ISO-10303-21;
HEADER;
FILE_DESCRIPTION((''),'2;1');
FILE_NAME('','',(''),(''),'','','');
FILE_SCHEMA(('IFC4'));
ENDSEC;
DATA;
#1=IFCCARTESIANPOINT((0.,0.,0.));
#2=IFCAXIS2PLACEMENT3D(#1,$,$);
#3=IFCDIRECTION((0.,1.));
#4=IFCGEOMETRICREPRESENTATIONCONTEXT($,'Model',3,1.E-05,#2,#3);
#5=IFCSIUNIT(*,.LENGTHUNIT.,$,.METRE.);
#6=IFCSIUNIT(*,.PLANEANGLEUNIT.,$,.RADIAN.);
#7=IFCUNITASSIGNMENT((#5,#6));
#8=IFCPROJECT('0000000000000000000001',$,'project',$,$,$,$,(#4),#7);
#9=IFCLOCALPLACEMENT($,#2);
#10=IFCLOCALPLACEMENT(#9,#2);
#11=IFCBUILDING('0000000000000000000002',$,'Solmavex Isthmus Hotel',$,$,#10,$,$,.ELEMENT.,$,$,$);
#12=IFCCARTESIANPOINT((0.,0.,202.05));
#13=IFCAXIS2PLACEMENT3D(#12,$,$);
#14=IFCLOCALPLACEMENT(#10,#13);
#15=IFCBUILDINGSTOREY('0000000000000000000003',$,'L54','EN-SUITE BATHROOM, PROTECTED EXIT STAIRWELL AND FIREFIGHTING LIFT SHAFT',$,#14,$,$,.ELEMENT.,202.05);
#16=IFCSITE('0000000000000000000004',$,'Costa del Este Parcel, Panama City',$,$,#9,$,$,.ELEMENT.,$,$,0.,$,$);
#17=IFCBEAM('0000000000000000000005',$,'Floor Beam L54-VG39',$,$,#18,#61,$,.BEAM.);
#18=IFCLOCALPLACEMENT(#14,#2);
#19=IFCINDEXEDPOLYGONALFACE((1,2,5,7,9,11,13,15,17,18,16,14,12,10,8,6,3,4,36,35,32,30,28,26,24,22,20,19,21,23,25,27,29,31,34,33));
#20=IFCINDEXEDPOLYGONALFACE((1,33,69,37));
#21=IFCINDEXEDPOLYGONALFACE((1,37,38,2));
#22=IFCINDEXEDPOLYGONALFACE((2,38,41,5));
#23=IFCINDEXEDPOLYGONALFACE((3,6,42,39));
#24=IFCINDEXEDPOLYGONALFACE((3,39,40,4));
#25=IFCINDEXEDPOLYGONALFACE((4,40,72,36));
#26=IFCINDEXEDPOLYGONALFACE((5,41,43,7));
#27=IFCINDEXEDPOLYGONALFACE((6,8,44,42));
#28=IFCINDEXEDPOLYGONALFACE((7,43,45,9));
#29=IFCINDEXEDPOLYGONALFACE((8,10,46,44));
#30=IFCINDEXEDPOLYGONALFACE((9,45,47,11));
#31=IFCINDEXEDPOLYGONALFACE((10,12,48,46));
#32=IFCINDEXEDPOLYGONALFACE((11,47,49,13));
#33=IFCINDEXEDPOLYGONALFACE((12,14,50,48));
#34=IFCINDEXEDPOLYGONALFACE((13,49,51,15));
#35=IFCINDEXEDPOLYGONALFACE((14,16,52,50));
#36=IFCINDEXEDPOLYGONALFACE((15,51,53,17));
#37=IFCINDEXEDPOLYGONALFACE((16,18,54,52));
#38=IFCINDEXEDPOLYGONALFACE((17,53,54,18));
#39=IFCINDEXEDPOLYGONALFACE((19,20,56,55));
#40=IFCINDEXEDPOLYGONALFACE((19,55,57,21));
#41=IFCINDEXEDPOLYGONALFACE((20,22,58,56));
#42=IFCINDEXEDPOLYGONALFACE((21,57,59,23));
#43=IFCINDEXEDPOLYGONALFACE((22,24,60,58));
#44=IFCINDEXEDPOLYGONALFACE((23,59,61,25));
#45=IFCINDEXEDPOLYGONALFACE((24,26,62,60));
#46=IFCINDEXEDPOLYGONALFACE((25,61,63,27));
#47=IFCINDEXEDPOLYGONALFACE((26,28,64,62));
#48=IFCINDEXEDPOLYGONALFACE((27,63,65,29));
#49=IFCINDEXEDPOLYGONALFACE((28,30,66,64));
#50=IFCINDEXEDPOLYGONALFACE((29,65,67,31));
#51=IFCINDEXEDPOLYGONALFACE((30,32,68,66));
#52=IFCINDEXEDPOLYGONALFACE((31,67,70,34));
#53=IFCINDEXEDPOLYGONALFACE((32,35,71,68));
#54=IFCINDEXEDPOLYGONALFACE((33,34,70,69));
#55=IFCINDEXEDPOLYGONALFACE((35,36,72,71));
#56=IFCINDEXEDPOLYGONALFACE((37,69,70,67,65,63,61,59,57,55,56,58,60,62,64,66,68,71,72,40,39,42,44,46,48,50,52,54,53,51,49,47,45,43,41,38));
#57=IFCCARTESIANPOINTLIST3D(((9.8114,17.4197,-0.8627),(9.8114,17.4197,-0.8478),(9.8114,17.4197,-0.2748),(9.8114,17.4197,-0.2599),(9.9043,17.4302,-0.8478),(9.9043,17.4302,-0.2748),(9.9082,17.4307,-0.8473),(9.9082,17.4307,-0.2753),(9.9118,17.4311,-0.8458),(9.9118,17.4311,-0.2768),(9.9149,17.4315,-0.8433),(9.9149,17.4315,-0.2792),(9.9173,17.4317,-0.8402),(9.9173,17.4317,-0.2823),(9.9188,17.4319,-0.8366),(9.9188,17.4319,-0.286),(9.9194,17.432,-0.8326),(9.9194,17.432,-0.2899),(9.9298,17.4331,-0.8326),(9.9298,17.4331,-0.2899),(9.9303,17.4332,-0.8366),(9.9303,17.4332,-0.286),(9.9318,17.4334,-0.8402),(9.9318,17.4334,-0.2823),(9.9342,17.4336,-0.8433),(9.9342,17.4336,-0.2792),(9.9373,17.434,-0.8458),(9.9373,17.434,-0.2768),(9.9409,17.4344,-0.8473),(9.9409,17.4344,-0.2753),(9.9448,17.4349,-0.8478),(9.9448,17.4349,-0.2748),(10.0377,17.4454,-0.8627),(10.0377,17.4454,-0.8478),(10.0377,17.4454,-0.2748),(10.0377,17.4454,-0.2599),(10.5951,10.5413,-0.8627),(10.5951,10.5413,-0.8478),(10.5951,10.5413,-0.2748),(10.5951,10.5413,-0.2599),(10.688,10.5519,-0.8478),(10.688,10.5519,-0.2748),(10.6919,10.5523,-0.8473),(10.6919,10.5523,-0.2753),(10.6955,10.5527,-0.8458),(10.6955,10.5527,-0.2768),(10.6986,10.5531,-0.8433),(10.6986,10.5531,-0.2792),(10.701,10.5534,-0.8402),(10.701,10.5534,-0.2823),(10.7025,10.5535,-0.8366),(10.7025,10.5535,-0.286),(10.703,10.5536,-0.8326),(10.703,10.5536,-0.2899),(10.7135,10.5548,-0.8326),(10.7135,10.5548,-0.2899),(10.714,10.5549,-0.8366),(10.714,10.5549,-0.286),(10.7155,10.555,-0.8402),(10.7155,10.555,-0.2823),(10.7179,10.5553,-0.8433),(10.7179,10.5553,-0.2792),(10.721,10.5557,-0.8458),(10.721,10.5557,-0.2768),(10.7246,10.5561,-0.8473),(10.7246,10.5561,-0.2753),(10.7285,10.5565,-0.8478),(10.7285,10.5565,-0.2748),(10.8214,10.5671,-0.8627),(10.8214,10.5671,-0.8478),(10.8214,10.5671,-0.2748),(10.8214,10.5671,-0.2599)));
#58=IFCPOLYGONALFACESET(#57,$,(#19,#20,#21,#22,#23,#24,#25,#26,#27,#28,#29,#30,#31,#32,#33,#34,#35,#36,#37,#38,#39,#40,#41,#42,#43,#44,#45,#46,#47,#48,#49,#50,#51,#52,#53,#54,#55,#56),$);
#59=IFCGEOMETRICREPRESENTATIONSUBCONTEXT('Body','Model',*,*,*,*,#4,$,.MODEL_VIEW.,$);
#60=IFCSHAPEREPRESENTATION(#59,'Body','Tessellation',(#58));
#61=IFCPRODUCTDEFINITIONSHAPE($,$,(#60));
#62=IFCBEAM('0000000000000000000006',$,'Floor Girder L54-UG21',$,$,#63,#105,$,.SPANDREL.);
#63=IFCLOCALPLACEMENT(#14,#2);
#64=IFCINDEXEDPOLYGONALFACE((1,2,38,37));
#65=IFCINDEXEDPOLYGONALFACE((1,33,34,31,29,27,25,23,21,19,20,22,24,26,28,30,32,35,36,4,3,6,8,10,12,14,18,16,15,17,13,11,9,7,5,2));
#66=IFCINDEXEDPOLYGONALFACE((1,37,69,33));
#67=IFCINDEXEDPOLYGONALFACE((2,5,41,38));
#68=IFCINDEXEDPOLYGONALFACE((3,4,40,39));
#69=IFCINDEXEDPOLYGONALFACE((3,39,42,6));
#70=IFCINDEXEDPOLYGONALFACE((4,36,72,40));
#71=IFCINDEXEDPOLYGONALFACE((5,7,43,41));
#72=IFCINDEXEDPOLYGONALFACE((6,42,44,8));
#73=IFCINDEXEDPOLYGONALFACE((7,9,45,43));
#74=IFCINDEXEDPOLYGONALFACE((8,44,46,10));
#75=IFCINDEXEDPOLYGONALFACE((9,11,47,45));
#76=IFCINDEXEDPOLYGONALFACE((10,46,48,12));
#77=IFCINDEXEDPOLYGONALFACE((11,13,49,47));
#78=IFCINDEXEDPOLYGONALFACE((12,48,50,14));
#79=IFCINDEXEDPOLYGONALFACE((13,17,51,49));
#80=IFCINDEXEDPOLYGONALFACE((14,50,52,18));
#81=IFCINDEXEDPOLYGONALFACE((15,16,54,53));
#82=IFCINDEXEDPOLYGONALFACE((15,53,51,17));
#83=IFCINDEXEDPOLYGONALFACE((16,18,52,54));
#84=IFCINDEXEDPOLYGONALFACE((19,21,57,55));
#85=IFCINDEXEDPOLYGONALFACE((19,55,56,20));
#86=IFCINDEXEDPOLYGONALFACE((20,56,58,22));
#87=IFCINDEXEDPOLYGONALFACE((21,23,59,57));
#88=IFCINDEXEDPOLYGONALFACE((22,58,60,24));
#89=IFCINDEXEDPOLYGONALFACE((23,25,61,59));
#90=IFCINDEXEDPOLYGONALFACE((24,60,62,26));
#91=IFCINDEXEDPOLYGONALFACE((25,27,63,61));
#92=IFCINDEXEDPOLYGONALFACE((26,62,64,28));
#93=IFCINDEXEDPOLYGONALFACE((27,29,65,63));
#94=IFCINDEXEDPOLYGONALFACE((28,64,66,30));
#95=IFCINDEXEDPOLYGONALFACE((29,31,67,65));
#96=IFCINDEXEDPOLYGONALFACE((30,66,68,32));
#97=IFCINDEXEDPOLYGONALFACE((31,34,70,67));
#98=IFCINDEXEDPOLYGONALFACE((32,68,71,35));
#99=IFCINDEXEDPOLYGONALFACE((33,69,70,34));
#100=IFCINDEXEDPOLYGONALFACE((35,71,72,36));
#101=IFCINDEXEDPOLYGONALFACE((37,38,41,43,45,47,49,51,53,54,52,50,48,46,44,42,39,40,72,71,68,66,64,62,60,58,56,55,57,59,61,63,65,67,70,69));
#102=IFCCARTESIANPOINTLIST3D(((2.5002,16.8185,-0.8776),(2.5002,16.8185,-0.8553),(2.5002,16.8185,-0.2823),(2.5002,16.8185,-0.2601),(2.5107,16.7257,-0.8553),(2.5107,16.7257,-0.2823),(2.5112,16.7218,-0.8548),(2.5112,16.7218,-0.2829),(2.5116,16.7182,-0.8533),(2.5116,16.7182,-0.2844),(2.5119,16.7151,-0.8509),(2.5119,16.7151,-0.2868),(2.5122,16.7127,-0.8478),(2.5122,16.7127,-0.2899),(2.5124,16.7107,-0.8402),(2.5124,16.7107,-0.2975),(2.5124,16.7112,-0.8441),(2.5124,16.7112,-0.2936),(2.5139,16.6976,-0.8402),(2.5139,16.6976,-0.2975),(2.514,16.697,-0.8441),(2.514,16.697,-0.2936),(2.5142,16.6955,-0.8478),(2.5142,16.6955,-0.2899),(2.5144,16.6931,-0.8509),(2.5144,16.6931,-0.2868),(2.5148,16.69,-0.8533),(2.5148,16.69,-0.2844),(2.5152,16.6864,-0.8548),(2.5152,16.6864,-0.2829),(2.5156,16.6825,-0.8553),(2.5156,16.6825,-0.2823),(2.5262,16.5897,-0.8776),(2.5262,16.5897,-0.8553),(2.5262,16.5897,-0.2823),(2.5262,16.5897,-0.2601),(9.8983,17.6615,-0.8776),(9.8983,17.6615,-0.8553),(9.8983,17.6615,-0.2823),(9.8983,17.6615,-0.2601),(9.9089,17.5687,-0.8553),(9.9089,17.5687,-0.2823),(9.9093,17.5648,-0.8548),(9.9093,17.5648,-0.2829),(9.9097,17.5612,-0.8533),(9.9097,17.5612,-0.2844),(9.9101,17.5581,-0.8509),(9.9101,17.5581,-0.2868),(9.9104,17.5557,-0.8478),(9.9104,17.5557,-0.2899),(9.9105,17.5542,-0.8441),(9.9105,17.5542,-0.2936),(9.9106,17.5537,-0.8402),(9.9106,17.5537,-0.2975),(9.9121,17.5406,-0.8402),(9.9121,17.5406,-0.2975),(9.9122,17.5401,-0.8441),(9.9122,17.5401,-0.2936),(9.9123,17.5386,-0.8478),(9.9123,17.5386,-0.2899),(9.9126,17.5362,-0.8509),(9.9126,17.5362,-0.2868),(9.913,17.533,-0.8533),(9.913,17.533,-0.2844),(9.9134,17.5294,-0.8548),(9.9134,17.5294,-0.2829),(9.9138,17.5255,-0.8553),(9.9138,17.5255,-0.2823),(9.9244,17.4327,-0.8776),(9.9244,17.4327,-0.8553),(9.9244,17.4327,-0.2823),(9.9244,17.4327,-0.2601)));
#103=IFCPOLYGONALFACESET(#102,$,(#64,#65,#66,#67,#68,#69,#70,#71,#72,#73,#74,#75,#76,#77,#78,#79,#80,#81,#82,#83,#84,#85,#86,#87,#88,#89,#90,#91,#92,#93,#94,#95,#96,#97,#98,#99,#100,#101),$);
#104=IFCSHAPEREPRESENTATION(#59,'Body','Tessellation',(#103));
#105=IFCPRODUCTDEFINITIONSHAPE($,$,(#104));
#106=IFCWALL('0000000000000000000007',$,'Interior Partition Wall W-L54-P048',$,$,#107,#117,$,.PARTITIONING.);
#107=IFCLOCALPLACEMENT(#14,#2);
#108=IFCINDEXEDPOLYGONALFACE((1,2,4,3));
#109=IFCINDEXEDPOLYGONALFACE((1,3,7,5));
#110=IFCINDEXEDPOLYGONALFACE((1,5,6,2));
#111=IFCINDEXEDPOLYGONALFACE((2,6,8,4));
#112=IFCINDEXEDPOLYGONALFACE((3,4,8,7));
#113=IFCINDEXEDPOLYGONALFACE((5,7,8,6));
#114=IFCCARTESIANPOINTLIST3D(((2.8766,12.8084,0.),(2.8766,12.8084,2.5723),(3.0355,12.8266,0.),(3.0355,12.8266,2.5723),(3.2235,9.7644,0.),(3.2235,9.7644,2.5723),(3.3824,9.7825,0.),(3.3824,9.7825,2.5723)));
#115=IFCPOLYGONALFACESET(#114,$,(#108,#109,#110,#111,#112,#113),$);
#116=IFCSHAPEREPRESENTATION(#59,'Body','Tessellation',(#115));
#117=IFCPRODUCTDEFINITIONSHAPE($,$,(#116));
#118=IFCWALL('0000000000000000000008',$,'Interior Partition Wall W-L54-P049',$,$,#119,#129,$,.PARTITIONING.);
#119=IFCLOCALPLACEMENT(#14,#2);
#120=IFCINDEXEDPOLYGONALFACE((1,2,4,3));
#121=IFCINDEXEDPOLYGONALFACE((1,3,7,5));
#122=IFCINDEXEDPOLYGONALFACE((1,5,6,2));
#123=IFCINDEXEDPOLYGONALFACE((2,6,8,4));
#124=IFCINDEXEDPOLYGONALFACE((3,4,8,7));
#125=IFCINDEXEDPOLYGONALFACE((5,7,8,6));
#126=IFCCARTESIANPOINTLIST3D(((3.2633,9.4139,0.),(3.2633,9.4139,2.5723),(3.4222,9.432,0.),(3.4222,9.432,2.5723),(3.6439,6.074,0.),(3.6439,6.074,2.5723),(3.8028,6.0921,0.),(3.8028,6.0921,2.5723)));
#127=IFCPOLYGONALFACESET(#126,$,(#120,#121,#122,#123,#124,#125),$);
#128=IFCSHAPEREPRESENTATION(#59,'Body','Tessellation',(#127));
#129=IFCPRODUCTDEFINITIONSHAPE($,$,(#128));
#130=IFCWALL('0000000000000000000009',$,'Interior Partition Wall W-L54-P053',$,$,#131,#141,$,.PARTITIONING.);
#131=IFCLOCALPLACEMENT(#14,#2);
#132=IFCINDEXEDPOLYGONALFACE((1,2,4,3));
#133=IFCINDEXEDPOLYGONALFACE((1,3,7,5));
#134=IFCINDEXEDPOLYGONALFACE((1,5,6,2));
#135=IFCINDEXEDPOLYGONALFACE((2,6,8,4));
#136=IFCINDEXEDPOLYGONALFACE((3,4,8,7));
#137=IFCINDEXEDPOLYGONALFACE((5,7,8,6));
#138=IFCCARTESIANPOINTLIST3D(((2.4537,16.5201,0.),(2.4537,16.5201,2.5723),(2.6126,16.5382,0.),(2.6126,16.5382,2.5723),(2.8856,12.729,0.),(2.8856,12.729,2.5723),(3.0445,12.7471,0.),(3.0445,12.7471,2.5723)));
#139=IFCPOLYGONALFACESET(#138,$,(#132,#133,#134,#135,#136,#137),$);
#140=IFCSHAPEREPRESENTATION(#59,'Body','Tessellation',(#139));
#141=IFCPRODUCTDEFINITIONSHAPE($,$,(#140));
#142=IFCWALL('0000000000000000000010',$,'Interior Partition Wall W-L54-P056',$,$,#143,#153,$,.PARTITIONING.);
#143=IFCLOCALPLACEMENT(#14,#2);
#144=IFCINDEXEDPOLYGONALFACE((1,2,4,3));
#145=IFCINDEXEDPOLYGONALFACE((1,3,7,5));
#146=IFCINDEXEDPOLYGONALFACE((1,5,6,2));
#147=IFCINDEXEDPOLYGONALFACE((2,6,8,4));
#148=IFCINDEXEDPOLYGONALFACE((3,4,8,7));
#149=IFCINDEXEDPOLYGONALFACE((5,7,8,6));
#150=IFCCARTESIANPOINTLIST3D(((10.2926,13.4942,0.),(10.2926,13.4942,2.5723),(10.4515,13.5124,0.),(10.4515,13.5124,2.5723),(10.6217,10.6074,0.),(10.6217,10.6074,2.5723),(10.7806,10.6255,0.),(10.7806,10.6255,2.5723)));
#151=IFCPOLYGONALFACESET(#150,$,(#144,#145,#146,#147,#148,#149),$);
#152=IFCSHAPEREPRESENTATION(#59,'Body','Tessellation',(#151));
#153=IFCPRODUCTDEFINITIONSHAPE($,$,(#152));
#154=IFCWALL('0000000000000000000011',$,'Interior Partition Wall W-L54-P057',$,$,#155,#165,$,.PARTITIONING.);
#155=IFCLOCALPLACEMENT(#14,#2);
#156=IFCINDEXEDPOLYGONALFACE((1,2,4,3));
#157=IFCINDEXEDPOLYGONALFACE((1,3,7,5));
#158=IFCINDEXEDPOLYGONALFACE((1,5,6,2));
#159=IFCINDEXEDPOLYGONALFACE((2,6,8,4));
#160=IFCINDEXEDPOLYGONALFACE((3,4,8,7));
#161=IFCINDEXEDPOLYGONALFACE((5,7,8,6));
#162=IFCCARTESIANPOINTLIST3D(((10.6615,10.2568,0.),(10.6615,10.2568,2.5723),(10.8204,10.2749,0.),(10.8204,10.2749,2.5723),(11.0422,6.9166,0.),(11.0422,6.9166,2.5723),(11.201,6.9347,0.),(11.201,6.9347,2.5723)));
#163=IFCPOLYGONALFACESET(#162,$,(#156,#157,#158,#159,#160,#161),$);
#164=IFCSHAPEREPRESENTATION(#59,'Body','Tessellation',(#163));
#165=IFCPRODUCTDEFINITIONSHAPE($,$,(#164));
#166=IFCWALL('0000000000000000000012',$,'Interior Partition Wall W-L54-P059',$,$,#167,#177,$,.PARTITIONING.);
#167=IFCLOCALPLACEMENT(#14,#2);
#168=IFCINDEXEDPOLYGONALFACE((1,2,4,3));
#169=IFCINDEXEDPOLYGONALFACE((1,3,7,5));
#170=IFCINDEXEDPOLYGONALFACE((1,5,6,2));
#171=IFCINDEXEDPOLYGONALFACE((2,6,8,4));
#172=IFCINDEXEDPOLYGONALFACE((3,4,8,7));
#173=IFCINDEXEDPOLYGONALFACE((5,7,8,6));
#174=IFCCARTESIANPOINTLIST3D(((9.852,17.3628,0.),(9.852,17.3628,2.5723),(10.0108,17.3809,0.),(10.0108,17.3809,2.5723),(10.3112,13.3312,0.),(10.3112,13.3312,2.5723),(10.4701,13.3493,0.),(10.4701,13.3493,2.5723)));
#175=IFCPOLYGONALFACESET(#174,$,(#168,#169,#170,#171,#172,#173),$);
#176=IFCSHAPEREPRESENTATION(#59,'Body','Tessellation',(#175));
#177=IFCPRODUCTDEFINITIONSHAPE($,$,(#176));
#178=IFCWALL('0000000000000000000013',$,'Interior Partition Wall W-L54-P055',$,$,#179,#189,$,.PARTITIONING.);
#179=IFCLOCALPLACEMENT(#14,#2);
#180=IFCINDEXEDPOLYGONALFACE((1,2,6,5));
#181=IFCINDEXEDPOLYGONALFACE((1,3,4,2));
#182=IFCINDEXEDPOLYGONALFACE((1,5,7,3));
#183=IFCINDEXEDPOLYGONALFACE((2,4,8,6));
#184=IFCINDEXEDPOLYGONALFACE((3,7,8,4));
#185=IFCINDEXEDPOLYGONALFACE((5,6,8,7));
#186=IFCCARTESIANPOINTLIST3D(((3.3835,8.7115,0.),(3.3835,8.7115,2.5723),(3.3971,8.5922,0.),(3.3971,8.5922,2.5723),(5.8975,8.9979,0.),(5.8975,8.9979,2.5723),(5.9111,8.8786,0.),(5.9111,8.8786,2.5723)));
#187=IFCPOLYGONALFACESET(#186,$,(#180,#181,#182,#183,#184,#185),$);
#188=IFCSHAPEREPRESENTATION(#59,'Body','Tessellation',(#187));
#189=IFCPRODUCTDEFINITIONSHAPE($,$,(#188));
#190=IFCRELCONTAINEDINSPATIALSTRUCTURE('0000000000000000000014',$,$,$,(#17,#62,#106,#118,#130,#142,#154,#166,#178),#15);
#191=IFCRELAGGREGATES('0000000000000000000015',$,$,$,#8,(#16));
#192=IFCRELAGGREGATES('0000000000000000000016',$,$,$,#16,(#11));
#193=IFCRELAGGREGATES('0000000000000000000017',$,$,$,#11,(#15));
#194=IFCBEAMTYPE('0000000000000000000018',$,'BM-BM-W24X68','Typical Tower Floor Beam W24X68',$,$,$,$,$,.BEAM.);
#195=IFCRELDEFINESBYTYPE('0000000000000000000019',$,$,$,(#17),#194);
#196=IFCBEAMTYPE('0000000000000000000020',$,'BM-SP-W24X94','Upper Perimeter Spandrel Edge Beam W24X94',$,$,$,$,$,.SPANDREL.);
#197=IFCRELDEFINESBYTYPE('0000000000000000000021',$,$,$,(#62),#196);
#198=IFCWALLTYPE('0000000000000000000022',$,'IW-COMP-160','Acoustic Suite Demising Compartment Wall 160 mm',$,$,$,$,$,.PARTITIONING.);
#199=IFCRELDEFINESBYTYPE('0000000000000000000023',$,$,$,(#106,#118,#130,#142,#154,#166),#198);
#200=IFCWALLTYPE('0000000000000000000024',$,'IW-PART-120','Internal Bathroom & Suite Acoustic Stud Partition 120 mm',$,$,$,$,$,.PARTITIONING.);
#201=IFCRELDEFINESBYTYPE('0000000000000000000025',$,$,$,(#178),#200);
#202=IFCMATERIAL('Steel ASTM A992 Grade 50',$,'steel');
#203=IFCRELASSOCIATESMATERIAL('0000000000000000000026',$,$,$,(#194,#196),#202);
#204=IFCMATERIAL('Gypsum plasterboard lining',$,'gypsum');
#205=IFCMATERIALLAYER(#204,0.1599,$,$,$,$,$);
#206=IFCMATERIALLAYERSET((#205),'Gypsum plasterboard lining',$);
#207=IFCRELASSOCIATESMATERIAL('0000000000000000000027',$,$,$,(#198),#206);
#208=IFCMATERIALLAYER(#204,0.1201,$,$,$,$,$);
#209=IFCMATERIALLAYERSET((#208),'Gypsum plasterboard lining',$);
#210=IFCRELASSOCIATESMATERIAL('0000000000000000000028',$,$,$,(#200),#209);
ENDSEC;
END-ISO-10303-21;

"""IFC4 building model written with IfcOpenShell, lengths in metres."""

from ifc_helpers import new_model, si_unit, direction, frame, frame_2d, origin, origin_2d, place, context, subcontext, project, spatial, rectangle, i_section, extrude, material, layer, layer_set, material_profile, profile_set, type_object, element, save


model = new_model("IFC4")

# Units and contexts
model_context = context("Model", 3, precision=1e-05, world=origin(), true_north=direction((0.0, 1.0)))
body_context = subcontext(model_context, "Body", "Model", "MODEL_VIEW")
ifc_project = project(units=[si_unit("LENGTHUNIT", "METRE"), si_unit("PLANEANGLEUNIT", "RADIAN")], contexts=[model_context])

# Site, building, storey
site_placement = place(None, origin())
site = spatial("IfcSite", under=ifc_project, at=site_placement, Name="Costa del Este Parcel, Panama City", CompositionType="ELEMENT", RefElevation=0.0)
building_placement = place(site_placement, origin())
building = spatial("IfcBuilding", under=site, at=building_placement, Name="Solmavex Isthmus Hotel", CompositionType="ELEMENT")
storey_placement = place(building_placement, frame((0.0, 0.0, 202.05)))
storey = spatial("IfcBuildingStorey", under=building, at=storey_placement, Name="L54", Description="EN-SUITE BATHROOM, PROTECTED EXIT STAIRWELL AND FIREFIGHTING LIFT SHAFT", CompositionType="ELEMENT", Elevation=202.05)

# Beams
ifc_material_1 = material(Name="Steel ASTM A992 Grade 50", Category="steel")
ifc_material_profile_1 = material_profile(ifc_material_1, i_section(OverallWidth=0.2278, OverallDepth=0.6028, WebThickness=0.0105, FlangeThickness=0.0149, FilletRadius=0.0151, at=origin_2d()), Name="W24X68")
ifc_profile_set_1 = profile_set([ifc_material_profile_1], Name="Steel ASTM A992 Grade 50")
beam_type_1 = type_object("IfcBeamType", Name="BM-BM-W24X68", Description="Typical Tower Floor Beam W24X68", PredefinedType="BEAM", material=ifc_profile_set_1)
for number, where, z_axis, x_axis, name in (
    (1, (10.7083, 10.5542, -0.5613), (-0.113202, 0.993572, 0.0), (-0.993572, -0.113202, 0.0), "Floor Beam L54-VG39"),
):
    element("IfcBeam", number, at=place(storey_placement, frame(where, z_axis=z_axis, x_axis=x_axis)), inside=storey, type_object=beam_type_1, Name=name, PredefinedType="BEAM", context=body_context, shape_type="SweptSolid", body=[
        extrude(i_section(OverallWidth=0.2278, OverallDepth=0.6028, WebThickness=0.0105, FlangeThickness=0.0149, FilletRadius=0.0151, at=origin_2d()), origin(), (0.0, 0.0, 1.0), 6.9229),
    ])
ifc_material_profile_2 = material_profile(ifc_material_1, i_section(OverallWidth=0.2302, OverallDepth=0.6174, WebThickness=0.0132, FlangeThickness=0.0222, FilletRadius=0.0151, at=origin_2d()), Name="W24X94")
ifc_profile_set_2 = profile_set([ifc_material_profile_2], Name="Steel ASTM A992 Grade 50")
beam_type_2 = type_object("IfcBeamType", Name="BM-SP-W24X94", Description="Upper Perimeter Spandrel Edge Beam W24X94", PredefinedType="SPANDREL", material=ifc_profile_set_2)
beam_1_placement = place(storey_placement, frame((2.5132, 16.7041, -0.5688), z_axis=(0.99357, 0.113216, 0.0), x_axis=(-0.113216, 0.99357, 0.0)))
element("IfcBeam", 2, at=beam_1_placement, inside=storey, type_object=beam_type_2, Name="Floor Girder L54-UG21", PredefinedType="SPANDREL", context=body_context, shape_type="SweptSolid", body=[
    extrude(i_section(OverallWidth=0.2302, OverallDepth=0.6174, WebThickness=0.0132, FlangeThickness=0.0222, FilletRadius=0.0151, at=origin_2d()), origin(), (0.0, 0.0, 1.0), 7.446),
])

# Walls
ifc_material_2 = material(Name="Gypsum plasterboard lining", Category="gypsum")
ifc_layer_1 = layer(ifc_material_2, 0.1599)
ifc_layer_set_1 = layer_set([ifc_layer_1], Name="Gypsum plasterboard lining")
wall_type_1 = type_object("IfcWallType", Name="IW-COMP-160", Description="Acoustic Suite Demising Compartment Wall 160 mm", PredefinedType="PARTITIONING", material=ifc_layer_set_1)
wall_1_placement = place(storey_placement, frame((2.9561, 12.8174, 0.0), z_axis=(0.0, 0.0, 1.0), x_axis=(0.113239, -0.993568, 0.0)))
element("IfcWall", 3, at=wall_1_placement, inside=storey, type_object=wall_type_1, Name="Interior Partition Wall W-L54-P048", PredefinedType="PARTITIONING", context=body_context, shape_type="SweptSolid", body=[
    extrude(rectangle(XDim=3.0637, YDim=0.1599, at=frame_2d((1.5317, 0.0))), origin(), (0.0, 0.0, 1.0), 2.5723),
])
wall_2_placement = place(storey_placement, frame((3.3428, 9.4229, 0.0), z_axis=(0.0, 0.0, 1.0), x_axis=(0.113229, -0.993569, 0.0)))
element("IfcWall", 4, at=wall_2_placement, inside=storey, type_object=wall_type_1, Name="Interior Partition Wall W-L54-P049", PredefinedType="PARTITIONING", context=body_context, shape_type="SweptSolid", body=[
    extrude(rectangle(XDim=3.3616, YDim=0.1599, at=frame_2d((1.6807, 0.0))), origin(), (0.0, 0.0, 1.0), 2.5723),
])
wall_3_placement = place(storey_placement, frame((2.5332, 16.5291, 0.0), z_axis=(0.0, 0.0, 1.0), x_axis=(0.113184, -0.993574, 0.0)))
element("IfcWall", 5, at=wall_3_placement, inside=storey, type_object=wall_type_1, Name="Interior Partition Wall W-L54-P053", PredefinedType="PARTITIONING", context=body_context, shape_type="SweptSolid", body=[
    extrude(rectangle(XDim=3.8157, YDim=0.1599, at=frame_2d((1.9077, 0.0))), origin(), (0.0, 0.0, 1.0), 2.5723),
])
wall_4_placement = place(storey_placement, frame((10.3721, 13.5032, 0.0), z_axis=(0.0, 0.0, 1.0), x_axis=(0.113272, -0.993564, 0.0)))
element("IfcWall", 6, at=wall_4_placement, inside=storey, type_object=wall_type_1, Name="Interior Partition Wall W-L54-P056", PredefinedType="PARTITIONING", context=body_context, shape_type="SweptSolid", body=[
    extrude(rectangle(XDim=2.9055, YDim=0.1599, at=frame_2d((1.4526, 0.0))), origin(), (0.0, 0.0, 1.0), 2.5723),
])
wall_5_placement = place(storey_placement, frame((10.741, 10.2659, 0.0), z_axis=(0.0, 0.0, 1.0), x_axis=(0.113221, -0.99357, 0.0)))
element("IfcWall", 7, at=wall_5_placement, inside=storey, type_object=wall_type_1, Name="Interior Partition Wall W-L54-P057", PredefinedType="PARTITIONING", context=body_context, shape_type="SweptSolid", body=[
    extrude(rectangle(XDim=3.3618, YDim=0.1599, at=frame_2d((1.6809, 0.0))), origin(), (0.0, 0.0, 1.0), 2.5723),
])
wall_6_placement = place(storey_placement, frame((9.9314, 17.3718, 0.0), z_axis=(0.0, 0.0, 1.0), x_axis=(0.113178, -0.993575, 0.0)))
element("IfcWall", 8, at=wall_6_placement, inside=storey, type_object=wall_type_1, Name="Interior Partition Wall W-L54-P059", PredefinedType="PARTITIONING", context=body_context, shape_type="SweptSolid", body=[
    extrude(rectangle(XDim=4.0576, YDim=0.1599, at=frame_2d((2.0288, 0.0))), origin(), (0.0, 0.0, 1.0), 2.5723),
])

# Wall
ifc_layer_2 = layer(ifc_material_2, 0.1201)
ifc_layer_set_2 = layer_set([ifc_layer_2], Name="Gypsum plasterboard lining")
wall_type_2 = type_object("IfcWallType", Name="IW-PART-120", Description="Internal Bathroom & Suite Acoustic Stud Partition 120 mm", PredefinedType="PARTITIONING", material=ifc_layer_set_2)
wall_7_placement = place(storey_placement, frame((5.9043, 8.9382, 0.0), z_axis=(0.0, 0.0, 1.0), x_axis=(-0.993574, -0.113185, 0.0)))
element("IfcWall", 9, at=wall_7_placement, inside=storey, type_object=wall_type_2, Name="Interior Partition Wall W-L54-P055", PredefinedType="PARTITIONING", context=body_context, shape_type="SweptSolid", body=[
    extrude(rectangle(XDim=2.5303, YDim=0.1201, at=frame_2d((1.2651, 0.0))), origin(), (0.0, 0.0, 1.0), 2.5723),
])

save(model, "model.ifc")
